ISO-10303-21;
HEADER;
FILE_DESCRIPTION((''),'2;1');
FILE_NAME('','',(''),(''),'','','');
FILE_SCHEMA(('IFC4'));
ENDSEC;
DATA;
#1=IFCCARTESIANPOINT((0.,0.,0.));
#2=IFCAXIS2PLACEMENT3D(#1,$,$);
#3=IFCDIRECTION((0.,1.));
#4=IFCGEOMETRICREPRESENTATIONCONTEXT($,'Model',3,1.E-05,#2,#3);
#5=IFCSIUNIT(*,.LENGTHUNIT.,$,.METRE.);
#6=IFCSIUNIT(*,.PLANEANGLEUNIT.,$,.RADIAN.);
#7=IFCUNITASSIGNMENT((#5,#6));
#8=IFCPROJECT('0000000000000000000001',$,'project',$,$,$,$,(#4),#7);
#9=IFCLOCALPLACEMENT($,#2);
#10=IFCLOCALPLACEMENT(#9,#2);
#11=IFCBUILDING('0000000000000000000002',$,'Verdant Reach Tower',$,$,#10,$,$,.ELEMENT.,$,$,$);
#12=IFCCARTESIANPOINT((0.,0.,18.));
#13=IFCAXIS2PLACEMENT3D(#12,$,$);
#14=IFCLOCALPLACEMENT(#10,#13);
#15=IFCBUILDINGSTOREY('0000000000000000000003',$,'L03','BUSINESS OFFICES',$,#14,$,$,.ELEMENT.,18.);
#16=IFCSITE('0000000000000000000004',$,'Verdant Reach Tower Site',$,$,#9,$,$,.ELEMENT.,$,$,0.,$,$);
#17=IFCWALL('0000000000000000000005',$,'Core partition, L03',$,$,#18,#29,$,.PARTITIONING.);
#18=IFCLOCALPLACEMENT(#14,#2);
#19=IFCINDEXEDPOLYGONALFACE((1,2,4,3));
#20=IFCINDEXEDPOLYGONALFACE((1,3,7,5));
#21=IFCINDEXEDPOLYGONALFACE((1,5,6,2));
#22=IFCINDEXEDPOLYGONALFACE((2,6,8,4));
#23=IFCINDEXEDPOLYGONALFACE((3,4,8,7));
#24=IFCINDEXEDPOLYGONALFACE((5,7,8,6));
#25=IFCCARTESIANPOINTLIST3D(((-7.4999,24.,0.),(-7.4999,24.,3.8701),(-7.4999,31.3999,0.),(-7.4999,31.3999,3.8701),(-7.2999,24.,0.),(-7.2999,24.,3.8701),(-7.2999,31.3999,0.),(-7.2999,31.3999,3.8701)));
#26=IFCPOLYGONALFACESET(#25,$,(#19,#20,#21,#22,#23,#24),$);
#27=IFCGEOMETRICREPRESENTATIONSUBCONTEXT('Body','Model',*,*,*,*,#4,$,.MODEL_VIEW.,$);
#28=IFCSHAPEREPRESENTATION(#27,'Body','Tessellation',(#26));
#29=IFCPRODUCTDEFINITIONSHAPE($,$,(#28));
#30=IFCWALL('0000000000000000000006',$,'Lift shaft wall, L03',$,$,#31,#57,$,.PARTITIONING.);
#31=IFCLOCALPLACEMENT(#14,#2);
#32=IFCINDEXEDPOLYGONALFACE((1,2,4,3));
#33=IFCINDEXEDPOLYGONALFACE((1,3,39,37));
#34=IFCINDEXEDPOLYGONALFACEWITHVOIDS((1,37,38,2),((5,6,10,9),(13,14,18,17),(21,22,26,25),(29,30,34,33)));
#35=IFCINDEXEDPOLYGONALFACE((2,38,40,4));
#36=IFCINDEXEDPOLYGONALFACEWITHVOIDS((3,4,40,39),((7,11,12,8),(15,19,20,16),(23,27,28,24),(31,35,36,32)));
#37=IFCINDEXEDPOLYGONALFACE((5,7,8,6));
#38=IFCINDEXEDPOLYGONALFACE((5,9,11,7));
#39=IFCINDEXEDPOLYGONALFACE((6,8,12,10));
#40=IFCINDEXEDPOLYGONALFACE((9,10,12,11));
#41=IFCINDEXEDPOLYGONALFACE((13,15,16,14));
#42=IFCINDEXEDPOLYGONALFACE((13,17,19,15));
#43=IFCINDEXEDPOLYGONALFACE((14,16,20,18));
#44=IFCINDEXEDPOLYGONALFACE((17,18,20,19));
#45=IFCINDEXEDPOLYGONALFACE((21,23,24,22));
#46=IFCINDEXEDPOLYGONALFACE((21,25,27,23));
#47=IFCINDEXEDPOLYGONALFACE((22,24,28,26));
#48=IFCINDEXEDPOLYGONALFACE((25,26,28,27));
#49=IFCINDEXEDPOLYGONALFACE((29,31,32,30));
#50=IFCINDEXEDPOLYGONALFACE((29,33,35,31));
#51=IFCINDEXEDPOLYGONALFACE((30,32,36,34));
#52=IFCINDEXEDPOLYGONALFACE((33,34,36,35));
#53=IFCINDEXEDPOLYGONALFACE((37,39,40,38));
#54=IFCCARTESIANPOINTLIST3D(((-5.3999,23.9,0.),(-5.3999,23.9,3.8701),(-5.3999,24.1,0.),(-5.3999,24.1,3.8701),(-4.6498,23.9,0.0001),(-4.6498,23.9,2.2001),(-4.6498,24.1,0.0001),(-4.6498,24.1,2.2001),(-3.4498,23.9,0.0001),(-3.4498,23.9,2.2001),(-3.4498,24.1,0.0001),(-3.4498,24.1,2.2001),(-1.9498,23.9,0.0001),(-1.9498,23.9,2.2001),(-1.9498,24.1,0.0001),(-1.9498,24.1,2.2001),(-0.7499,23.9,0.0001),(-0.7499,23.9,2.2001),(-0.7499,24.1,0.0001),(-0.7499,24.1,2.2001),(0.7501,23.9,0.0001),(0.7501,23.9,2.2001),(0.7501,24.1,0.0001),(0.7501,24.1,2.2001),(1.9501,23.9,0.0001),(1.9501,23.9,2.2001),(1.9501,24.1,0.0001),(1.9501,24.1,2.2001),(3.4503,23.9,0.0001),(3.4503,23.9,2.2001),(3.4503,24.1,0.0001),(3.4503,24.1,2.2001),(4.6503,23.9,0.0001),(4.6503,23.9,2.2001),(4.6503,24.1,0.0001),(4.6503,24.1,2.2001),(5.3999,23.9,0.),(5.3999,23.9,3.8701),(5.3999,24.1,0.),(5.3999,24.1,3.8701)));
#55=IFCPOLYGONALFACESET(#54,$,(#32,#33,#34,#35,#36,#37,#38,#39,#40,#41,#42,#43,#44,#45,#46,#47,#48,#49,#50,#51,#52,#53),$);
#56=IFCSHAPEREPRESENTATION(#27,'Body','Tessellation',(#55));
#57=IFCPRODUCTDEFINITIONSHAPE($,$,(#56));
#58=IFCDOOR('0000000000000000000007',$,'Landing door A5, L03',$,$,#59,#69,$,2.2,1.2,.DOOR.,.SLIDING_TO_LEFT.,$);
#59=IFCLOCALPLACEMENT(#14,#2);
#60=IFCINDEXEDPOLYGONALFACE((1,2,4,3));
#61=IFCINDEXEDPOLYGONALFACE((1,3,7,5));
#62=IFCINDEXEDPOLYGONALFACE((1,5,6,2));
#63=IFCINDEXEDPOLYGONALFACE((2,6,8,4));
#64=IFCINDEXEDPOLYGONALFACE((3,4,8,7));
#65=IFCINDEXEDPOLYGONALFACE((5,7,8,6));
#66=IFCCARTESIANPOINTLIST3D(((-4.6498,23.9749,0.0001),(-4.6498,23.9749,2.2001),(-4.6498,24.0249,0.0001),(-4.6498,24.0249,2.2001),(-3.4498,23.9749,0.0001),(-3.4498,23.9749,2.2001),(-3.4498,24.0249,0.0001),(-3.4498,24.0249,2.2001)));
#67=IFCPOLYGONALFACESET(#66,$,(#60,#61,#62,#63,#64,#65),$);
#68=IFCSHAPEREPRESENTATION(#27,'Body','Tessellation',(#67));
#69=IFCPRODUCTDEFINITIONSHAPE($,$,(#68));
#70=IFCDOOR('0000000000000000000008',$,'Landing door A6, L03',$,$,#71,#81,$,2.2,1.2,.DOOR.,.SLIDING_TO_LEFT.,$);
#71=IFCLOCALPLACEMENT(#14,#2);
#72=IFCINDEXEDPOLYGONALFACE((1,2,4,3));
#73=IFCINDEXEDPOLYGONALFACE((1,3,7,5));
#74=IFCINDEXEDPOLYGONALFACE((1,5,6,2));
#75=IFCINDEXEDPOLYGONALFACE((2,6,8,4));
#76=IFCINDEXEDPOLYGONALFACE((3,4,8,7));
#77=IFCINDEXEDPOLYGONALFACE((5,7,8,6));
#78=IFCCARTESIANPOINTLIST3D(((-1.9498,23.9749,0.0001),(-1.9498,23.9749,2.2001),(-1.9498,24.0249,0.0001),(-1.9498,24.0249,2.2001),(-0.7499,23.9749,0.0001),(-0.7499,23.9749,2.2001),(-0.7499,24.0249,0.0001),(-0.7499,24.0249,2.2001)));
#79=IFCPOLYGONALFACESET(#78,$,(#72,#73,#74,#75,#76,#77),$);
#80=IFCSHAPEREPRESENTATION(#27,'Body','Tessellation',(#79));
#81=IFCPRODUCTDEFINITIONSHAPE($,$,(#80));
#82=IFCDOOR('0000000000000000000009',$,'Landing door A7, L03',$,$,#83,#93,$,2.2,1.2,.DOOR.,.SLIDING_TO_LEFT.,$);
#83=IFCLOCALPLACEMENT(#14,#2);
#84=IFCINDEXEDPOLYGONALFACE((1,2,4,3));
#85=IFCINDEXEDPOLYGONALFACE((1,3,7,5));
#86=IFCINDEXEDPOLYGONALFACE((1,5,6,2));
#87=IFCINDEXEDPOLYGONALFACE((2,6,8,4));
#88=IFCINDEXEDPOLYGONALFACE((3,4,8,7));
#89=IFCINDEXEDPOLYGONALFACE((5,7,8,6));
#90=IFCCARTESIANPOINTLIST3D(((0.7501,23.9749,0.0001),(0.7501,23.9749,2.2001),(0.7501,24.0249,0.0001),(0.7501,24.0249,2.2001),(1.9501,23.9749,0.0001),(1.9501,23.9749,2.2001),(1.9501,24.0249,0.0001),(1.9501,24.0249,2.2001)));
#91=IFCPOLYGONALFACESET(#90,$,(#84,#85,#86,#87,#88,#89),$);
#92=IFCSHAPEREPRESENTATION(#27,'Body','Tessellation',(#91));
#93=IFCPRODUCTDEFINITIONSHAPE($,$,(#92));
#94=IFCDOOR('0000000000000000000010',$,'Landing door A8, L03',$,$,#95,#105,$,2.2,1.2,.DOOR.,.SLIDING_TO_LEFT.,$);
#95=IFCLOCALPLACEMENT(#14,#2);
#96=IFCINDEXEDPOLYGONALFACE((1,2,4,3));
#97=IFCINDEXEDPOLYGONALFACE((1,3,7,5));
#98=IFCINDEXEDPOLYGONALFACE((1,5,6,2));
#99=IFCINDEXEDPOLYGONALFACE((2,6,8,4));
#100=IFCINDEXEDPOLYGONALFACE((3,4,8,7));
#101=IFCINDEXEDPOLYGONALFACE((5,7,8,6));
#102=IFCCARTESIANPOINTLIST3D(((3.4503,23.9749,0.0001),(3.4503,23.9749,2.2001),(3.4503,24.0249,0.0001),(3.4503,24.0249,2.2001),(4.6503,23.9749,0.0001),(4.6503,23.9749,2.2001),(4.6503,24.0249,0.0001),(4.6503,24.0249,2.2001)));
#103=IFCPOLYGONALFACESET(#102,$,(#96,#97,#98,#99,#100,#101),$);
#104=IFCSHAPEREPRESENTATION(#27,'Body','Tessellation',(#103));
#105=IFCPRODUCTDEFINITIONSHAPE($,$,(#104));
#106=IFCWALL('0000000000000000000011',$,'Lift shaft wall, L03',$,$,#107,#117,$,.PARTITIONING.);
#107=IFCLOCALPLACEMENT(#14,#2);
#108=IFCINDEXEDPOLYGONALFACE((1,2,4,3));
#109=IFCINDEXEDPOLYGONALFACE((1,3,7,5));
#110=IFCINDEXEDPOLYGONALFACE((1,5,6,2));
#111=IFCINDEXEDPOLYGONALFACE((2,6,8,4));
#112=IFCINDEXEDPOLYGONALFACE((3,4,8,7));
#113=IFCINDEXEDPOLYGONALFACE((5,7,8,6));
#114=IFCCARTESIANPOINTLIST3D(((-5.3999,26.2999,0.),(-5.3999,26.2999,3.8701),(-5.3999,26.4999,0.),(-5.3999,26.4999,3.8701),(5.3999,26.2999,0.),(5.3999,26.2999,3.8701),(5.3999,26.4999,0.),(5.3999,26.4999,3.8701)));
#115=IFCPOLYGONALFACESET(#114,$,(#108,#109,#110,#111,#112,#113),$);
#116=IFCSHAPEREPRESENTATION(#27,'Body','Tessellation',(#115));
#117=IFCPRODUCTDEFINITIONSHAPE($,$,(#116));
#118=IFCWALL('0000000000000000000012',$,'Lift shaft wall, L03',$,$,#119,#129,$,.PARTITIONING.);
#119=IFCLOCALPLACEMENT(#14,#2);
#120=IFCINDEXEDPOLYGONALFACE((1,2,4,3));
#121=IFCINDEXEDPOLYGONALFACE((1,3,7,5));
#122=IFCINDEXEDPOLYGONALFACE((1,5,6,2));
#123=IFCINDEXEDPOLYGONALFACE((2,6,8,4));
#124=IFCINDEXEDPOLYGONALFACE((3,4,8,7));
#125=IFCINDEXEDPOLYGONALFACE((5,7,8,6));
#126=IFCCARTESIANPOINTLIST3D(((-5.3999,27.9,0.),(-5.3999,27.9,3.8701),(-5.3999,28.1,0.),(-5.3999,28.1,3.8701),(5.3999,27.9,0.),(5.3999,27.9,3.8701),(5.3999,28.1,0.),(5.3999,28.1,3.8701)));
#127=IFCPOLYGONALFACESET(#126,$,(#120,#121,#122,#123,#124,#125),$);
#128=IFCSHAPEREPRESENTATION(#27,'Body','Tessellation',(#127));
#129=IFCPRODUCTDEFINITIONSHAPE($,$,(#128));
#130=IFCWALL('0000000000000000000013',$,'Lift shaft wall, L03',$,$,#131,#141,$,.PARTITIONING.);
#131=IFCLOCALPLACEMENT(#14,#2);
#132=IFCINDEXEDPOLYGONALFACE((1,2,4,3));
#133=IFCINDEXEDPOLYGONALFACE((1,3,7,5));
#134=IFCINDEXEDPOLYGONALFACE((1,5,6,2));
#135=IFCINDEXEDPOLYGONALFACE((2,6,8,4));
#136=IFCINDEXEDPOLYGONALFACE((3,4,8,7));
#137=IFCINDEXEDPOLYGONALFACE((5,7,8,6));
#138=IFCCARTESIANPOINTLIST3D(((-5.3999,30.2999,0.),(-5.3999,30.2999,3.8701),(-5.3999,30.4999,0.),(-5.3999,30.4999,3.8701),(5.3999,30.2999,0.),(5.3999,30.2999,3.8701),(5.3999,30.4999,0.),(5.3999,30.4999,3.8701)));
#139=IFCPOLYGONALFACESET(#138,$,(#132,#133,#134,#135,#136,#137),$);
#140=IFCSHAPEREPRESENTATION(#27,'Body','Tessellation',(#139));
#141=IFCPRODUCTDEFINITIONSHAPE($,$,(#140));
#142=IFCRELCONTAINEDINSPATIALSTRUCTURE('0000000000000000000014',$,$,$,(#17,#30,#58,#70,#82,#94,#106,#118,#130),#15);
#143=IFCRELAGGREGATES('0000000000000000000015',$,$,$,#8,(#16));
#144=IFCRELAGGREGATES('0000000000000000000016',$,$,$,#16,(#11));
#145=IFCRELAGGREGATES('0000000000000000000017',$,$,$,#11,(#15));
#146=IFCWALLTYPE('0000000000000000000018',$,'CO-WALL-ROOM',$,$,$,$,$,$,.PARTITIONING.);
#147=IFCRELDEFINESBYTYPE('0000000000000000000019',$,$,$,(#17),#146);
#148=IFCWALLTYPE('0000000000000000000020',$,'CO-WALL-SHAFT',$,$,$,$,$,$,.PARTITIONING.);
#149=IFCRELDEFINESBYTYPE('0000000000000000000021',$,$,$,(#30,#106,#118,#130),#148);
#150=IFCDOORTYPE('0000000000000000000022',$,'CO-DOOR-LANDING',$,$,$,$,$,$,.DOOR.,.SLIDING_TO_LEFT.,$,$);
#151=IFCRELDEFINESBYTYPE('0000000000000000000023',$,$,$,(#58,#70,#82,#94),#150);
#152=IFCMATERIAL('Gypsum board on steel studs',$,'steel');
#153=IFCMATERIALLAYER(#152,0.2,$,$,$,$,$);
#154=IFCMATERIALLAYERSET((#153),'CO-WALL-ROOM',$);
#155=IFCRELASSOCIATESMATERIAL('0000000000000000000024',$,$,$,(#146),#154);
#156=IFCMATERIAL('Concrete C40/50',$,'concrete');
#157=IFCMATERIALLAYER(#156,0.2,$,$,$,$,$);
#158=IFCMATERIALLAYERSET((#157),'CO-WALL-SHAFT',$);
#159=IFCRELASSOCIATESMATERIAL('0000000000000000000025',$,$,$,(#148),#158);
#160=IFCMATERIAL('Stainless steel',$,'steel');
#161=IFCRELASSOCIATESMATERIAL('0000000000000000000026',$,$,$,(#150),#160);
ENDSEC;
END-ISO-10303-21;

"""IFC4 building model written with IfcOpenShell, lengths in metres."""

from ifc_helpers import new_model, si_unit, direction, frame, frame_2d, origin, place, context, subcontext, project, spatial, rectangle, extrude, material, layer, layer_set, type_object, element, fill, save


model = new_model("IFC4")

# Units and contexts
model_context = context("Model", 3, precision=1e-05, world=origin(), true_north=direction((0.0, 1.0)))
body_context = subcontext(model_context, "Body", "Model", "MODEL_VIEW")
ifc_project = project(units=[si_unit("LENGTHUNIT", "METRE"), si_unit("PLANEANGLEUNIT", "RADIAN")], contexts=[model_context])

# Site, building, storey
site_placement = place(None, origin())
site = spatial("IfcSite", under=ifc_project, at=site_placement, Name="Verdant Reach Tower Site", CompositionType="ELEMENT", RefElevation=0.0)
building_placement = place(site_placement, origin())
building = spatial("IfcBuilding", under=site, at=building_placement, Name="Verdant Reach Tower", CompositionType="ELEMENT")
storey_placement = place(building_placement, frame((0.0, 0.0, 18.0)))
storey = spatial("IfcBuildingStorey", under=building, at=storey_placement, Name="L03", Description="BUSINESS OFFICES", CompositionType="ELEMENT", Elevation=18.0)

# Wall
ifc_material_1 = material(Name="Gypsum board on steel studs", Category="steel")
ifc_layer_1 = layer(ifc_material_1, 0.2)
ifc_layer_set_1 = layer_set([ifc_layer_1], Name="CO-WALL-ROOM")
wall_type_1 = type_object("IfcWallType", Name="CO-WALL-ROOM", PredefinedType="PARTITIONING", material=ifc_layer_set_1)
wall_1_placement = place(storey_placement, frame((-7.3999, 24.0, 0.0), z_axis=(0.0, 0.0, 1.0), x_axis=(0.0, 1.0, 0.0)))
element("IfcWall", 1, at=wall_1_placement, inside=storey, type_object=wall_type_1, Name="Core partition, L03", PredefinedType="PARTITIONING", context=body_context, shape_type="SweptSolid", body=[
    extrude(rectangle(XDim=7.3999, YDim=0.2, at=frame_2d((3.7, 0.0))), origin(), (0.0, 0.0, 1.0), 3.8701),
])

# Wall, openings, doors
ifc_material_2 = material(Name="Concrete C40/50", Category="concrete")
ifc_layer_2 = layer(ifc_material_2, 0.2)
ifc_layer_set_2 = layer_set([ifc_layer_2], Name="CO-WALL-SHAFT")
wall_type_2 = type_object("IfcWallType", Name="CO-WALL-SHAFT", PredefinedType="PARTITIONING", material=ifc_layer_set_2)
wall_2_placement = place(storey_placement, frame((-5.3999, 24.0, 0.0), z_axis=(0.0, 0.0, 1.0), x_axis=(1.0, 0.0, 0.0)))
wall_2 = element("IfcWall", 2, at=wall_2_placement, inside=storey, type_object=wall_type_2, Name="Lift shaft wall, L03", PredefinedType="PARTITIONING", context=body_context, shape_type="SweptSolid", body=[
    extrude(rectangle(XDim=10.7998, YDim=0.2, at=frame_2d((5.3999, 0.0))), origin(), (0.0, 0.0, 1.0), 3.8701),
])
opening_1_placement = place(wall_2_placement, frame((0.75, 0.0, 0.0)))
opening_1 = element("IfcOpeningElement", 3, at=opening_1_placement, cuts=wall_2, PredefinedType="OPENING", context=body_context, shape_type="SweptSolid", body=[
    extrude(rectangle(XDim=1.2, YDim=2.2, at=frame_2d((0.6001, 1.1001))), frame((0.0, 0.1099, 0.0), z_axis=(0.0, -1.0, 0.0), x_axis=(1.0, 0.0, 0.0)), (0.0, 0.0, 1.0), 0.22),
])
opening_2_placement = place(wall_2_placement, frame((3.45, 0.0, 0.0)))
opening_2 = element("IfcOpeningElement", 4, at=opening_2_placement, cuts=wall_2, PredefinedType="OPENING", context=body_context, shape_type="SweptSolid", body=[
    extrude(rectangle(XDim=1.2, YDim=2.2, at=frame_2d((0.6001, 1.1001))), frame((0.0, 0.1099, 0.0), z_axis=(0.0, -1.0, 0.0), x_axis=(1.0, 0.0, 0.0)), (0.0, 0.0, 1.0), 0.22),
])
opening_3_placement = place(wall_2_placement, frame((6.1499, 0.0, 0.0)))
opening_3 = element("IfcOpeningElement", 5, at=opening_3_placement, cuts=wall_2, PredefinedType="OPENING", context=body_context, shape_type="SweptSolid", body=[
    extrude(rectangle(XDim=1.2, YDim=2.2, at=frame_2d((0.6001, 1.1001))), frame((0.0, 0.1099, 0.0), z_axis=(0.0, -1.0, 0.0), x_axis=(1.0, 0.0, 0.0)), (0.0, 0.0, 1.0), 0.22),
])
opening_4_placement = place(wall_2_placement, frame((8.8501, 0.0, 0.0)))
opening_4 = element("IfcOpeningElement", 6, at=opening_4_placement, cuts=wall_2, PredefinedType="OPENING", context=body_context, shape_type="SweptSolid", body=[
    extrude(rectangle(XDim=1.2, YDim=2.2, at=frame_2d((0.6001, 1.1001))), frame((0.0, 0.1099, 0.0), z_axis=(0.0, -1.0, 0.0), x_axis=(1.0, 0.0, 0.0)), (0.0, 0.0, 1.0), 0.22),
])
ifc_material_3 = material(Name="Stainless steel", Category="steel")
door_type_1 = type_object("IfcDoorType", Name="CO-DOOR-LANDING", OperationType="SLIDING_TO_LEFT", PredefinedType="DOOR", material=ifc_material_3)
door_1_placement = place(opening_1_placement, origin())
door_1 = element("IfcDoor", 7, at=door_1_placement, inside=storey, type_object=door_type_1, Name="Landing door A5, L03", OperationType="SLIDING_TO_LEFT", OverallHeight=2.2, OverallWidth=1.2, PredefinedType="DOOR", context=body_context, shape_type="SweptSolid", body=[
    extrude(rectangle(XDim=1.2, YDim=2.2, at=frame_2d((0.6001, 1.1001))), frame((0.0, 0.0249, 0.0), z_axis=(0.0, -1.0, 0.0), x_axis=(1.0, 0.0, 0.0)), (0.0, 0.0, 1.0), 0.05),
])
fill(opening_1, door_1)
door_2_placement = place(opening_2_placement, origin())
door_2 = element("IfcDoor", 8, at=door_2_placement, inside=storey, type_object=door_type_1, Name="Landing door A6, L03", OperationType="SLIDING_TO_LEFT", OverallHeight=2.2, OverallWidth=1.2, PredefinedType="DOOR", context=body_context, shape_type="SweptSolid", body=[
    extrude(rectangle(XDim=1.2, YDim=2.2, at=frame_2d((0.6001, 1.1001))), frame((0.0, 0.0249, 0.0), z_axis=(0.0, -1.0, 0.0), x_axis=(1.0, 0.0, 0.0)), (0.0, 0.0, 1.0), 0.05),
])
fill(opening_2, door_2)
door_3_placement = place(opening_3_placement, origin())
door_3 = element("IfcDoor", 9, at=door_3_placement, inside=storey, type_object=door_type_1, Name="Landing door A7, L03", OperationType="SLIDING_TO_LEFT", OverallHeight=2.2, OverallWidth=1.2, PredefinedType="DOOR", context=body_context, shape_type="SweptSolid", body=[
    extrude(rectangle(XDim=1.2, YDim=2.2, at=frame_2d((0.6001, 1.1001))), frame((0.0, 0.0249, 0.0), z_axis=(0.0, -1.0, 0.0), x_axis=(1.0, 0.0, 0.0)), (0.0, 0.0, 1.0), 0.05),
])
fill(opening_3, door_3)
door_4_placement = place(opening_4_placement, origin())
door_4 = element("IfcDoor", 10, at=door_4_placement, inside=storey, type_object=door_type_1, Name="Landing door A8, L03", OperationType="SLIDING_TO_LEFT", OverallHeight=2.2, OverallWidth=1.2, PredefinedType="DOOR", context=body_context, shape_type="SweptSolid", body=[
    extrude(rectangle(XDim=1.2, YDim=2.2, at=frame_2d((0.6001, 1.1001))), frame((0.0, 0.0249, 0.0), z_axis=(0.0, -1.0, 0.0), x_axis=(1.0, 0.0, 0.0)), (0.0, 0.0, 1.0), 0.05),
])
fill(opening_4, door_4)

# Walls
for number, where, z_axis, x_axis, name in (
    (11, (-5.3999, 26.3999, 0.0), (0.0, 0.0, 1.0), (1.0, 0.0, 0.0), "Lift shaft wall, L03"),
    (12, (-5.3999, 28.0, 0.0), (0.0, 0.0, 1.0), (1.0, 0.0, 0.0), "Lift shaft wall, L03"),
    (13, (-5.3999, 30.3999, 0.0), (0.0, 0.0, 1.0), (1.0, 0.0, 0.0), "Lift shaft wall, L03"),
):
    element("IfcWall", number, at=place(storey_placement, frame(where, z_axis=z_axis, x_axis=x_axis)), inside=storey, type_object=wall_type_2, Name=name, PredefinedType="PARTITIONING", context=body_context, shape_type="SweptSolid", body=[
        extrude(rectangle(XDim=10.7998, YDim=0.2, at=frame_2d((5.3999, 0.0))), origin(), (0.0, 0.0, 1.0), 3.8701),
    ])

save(model, "model.ifc")
